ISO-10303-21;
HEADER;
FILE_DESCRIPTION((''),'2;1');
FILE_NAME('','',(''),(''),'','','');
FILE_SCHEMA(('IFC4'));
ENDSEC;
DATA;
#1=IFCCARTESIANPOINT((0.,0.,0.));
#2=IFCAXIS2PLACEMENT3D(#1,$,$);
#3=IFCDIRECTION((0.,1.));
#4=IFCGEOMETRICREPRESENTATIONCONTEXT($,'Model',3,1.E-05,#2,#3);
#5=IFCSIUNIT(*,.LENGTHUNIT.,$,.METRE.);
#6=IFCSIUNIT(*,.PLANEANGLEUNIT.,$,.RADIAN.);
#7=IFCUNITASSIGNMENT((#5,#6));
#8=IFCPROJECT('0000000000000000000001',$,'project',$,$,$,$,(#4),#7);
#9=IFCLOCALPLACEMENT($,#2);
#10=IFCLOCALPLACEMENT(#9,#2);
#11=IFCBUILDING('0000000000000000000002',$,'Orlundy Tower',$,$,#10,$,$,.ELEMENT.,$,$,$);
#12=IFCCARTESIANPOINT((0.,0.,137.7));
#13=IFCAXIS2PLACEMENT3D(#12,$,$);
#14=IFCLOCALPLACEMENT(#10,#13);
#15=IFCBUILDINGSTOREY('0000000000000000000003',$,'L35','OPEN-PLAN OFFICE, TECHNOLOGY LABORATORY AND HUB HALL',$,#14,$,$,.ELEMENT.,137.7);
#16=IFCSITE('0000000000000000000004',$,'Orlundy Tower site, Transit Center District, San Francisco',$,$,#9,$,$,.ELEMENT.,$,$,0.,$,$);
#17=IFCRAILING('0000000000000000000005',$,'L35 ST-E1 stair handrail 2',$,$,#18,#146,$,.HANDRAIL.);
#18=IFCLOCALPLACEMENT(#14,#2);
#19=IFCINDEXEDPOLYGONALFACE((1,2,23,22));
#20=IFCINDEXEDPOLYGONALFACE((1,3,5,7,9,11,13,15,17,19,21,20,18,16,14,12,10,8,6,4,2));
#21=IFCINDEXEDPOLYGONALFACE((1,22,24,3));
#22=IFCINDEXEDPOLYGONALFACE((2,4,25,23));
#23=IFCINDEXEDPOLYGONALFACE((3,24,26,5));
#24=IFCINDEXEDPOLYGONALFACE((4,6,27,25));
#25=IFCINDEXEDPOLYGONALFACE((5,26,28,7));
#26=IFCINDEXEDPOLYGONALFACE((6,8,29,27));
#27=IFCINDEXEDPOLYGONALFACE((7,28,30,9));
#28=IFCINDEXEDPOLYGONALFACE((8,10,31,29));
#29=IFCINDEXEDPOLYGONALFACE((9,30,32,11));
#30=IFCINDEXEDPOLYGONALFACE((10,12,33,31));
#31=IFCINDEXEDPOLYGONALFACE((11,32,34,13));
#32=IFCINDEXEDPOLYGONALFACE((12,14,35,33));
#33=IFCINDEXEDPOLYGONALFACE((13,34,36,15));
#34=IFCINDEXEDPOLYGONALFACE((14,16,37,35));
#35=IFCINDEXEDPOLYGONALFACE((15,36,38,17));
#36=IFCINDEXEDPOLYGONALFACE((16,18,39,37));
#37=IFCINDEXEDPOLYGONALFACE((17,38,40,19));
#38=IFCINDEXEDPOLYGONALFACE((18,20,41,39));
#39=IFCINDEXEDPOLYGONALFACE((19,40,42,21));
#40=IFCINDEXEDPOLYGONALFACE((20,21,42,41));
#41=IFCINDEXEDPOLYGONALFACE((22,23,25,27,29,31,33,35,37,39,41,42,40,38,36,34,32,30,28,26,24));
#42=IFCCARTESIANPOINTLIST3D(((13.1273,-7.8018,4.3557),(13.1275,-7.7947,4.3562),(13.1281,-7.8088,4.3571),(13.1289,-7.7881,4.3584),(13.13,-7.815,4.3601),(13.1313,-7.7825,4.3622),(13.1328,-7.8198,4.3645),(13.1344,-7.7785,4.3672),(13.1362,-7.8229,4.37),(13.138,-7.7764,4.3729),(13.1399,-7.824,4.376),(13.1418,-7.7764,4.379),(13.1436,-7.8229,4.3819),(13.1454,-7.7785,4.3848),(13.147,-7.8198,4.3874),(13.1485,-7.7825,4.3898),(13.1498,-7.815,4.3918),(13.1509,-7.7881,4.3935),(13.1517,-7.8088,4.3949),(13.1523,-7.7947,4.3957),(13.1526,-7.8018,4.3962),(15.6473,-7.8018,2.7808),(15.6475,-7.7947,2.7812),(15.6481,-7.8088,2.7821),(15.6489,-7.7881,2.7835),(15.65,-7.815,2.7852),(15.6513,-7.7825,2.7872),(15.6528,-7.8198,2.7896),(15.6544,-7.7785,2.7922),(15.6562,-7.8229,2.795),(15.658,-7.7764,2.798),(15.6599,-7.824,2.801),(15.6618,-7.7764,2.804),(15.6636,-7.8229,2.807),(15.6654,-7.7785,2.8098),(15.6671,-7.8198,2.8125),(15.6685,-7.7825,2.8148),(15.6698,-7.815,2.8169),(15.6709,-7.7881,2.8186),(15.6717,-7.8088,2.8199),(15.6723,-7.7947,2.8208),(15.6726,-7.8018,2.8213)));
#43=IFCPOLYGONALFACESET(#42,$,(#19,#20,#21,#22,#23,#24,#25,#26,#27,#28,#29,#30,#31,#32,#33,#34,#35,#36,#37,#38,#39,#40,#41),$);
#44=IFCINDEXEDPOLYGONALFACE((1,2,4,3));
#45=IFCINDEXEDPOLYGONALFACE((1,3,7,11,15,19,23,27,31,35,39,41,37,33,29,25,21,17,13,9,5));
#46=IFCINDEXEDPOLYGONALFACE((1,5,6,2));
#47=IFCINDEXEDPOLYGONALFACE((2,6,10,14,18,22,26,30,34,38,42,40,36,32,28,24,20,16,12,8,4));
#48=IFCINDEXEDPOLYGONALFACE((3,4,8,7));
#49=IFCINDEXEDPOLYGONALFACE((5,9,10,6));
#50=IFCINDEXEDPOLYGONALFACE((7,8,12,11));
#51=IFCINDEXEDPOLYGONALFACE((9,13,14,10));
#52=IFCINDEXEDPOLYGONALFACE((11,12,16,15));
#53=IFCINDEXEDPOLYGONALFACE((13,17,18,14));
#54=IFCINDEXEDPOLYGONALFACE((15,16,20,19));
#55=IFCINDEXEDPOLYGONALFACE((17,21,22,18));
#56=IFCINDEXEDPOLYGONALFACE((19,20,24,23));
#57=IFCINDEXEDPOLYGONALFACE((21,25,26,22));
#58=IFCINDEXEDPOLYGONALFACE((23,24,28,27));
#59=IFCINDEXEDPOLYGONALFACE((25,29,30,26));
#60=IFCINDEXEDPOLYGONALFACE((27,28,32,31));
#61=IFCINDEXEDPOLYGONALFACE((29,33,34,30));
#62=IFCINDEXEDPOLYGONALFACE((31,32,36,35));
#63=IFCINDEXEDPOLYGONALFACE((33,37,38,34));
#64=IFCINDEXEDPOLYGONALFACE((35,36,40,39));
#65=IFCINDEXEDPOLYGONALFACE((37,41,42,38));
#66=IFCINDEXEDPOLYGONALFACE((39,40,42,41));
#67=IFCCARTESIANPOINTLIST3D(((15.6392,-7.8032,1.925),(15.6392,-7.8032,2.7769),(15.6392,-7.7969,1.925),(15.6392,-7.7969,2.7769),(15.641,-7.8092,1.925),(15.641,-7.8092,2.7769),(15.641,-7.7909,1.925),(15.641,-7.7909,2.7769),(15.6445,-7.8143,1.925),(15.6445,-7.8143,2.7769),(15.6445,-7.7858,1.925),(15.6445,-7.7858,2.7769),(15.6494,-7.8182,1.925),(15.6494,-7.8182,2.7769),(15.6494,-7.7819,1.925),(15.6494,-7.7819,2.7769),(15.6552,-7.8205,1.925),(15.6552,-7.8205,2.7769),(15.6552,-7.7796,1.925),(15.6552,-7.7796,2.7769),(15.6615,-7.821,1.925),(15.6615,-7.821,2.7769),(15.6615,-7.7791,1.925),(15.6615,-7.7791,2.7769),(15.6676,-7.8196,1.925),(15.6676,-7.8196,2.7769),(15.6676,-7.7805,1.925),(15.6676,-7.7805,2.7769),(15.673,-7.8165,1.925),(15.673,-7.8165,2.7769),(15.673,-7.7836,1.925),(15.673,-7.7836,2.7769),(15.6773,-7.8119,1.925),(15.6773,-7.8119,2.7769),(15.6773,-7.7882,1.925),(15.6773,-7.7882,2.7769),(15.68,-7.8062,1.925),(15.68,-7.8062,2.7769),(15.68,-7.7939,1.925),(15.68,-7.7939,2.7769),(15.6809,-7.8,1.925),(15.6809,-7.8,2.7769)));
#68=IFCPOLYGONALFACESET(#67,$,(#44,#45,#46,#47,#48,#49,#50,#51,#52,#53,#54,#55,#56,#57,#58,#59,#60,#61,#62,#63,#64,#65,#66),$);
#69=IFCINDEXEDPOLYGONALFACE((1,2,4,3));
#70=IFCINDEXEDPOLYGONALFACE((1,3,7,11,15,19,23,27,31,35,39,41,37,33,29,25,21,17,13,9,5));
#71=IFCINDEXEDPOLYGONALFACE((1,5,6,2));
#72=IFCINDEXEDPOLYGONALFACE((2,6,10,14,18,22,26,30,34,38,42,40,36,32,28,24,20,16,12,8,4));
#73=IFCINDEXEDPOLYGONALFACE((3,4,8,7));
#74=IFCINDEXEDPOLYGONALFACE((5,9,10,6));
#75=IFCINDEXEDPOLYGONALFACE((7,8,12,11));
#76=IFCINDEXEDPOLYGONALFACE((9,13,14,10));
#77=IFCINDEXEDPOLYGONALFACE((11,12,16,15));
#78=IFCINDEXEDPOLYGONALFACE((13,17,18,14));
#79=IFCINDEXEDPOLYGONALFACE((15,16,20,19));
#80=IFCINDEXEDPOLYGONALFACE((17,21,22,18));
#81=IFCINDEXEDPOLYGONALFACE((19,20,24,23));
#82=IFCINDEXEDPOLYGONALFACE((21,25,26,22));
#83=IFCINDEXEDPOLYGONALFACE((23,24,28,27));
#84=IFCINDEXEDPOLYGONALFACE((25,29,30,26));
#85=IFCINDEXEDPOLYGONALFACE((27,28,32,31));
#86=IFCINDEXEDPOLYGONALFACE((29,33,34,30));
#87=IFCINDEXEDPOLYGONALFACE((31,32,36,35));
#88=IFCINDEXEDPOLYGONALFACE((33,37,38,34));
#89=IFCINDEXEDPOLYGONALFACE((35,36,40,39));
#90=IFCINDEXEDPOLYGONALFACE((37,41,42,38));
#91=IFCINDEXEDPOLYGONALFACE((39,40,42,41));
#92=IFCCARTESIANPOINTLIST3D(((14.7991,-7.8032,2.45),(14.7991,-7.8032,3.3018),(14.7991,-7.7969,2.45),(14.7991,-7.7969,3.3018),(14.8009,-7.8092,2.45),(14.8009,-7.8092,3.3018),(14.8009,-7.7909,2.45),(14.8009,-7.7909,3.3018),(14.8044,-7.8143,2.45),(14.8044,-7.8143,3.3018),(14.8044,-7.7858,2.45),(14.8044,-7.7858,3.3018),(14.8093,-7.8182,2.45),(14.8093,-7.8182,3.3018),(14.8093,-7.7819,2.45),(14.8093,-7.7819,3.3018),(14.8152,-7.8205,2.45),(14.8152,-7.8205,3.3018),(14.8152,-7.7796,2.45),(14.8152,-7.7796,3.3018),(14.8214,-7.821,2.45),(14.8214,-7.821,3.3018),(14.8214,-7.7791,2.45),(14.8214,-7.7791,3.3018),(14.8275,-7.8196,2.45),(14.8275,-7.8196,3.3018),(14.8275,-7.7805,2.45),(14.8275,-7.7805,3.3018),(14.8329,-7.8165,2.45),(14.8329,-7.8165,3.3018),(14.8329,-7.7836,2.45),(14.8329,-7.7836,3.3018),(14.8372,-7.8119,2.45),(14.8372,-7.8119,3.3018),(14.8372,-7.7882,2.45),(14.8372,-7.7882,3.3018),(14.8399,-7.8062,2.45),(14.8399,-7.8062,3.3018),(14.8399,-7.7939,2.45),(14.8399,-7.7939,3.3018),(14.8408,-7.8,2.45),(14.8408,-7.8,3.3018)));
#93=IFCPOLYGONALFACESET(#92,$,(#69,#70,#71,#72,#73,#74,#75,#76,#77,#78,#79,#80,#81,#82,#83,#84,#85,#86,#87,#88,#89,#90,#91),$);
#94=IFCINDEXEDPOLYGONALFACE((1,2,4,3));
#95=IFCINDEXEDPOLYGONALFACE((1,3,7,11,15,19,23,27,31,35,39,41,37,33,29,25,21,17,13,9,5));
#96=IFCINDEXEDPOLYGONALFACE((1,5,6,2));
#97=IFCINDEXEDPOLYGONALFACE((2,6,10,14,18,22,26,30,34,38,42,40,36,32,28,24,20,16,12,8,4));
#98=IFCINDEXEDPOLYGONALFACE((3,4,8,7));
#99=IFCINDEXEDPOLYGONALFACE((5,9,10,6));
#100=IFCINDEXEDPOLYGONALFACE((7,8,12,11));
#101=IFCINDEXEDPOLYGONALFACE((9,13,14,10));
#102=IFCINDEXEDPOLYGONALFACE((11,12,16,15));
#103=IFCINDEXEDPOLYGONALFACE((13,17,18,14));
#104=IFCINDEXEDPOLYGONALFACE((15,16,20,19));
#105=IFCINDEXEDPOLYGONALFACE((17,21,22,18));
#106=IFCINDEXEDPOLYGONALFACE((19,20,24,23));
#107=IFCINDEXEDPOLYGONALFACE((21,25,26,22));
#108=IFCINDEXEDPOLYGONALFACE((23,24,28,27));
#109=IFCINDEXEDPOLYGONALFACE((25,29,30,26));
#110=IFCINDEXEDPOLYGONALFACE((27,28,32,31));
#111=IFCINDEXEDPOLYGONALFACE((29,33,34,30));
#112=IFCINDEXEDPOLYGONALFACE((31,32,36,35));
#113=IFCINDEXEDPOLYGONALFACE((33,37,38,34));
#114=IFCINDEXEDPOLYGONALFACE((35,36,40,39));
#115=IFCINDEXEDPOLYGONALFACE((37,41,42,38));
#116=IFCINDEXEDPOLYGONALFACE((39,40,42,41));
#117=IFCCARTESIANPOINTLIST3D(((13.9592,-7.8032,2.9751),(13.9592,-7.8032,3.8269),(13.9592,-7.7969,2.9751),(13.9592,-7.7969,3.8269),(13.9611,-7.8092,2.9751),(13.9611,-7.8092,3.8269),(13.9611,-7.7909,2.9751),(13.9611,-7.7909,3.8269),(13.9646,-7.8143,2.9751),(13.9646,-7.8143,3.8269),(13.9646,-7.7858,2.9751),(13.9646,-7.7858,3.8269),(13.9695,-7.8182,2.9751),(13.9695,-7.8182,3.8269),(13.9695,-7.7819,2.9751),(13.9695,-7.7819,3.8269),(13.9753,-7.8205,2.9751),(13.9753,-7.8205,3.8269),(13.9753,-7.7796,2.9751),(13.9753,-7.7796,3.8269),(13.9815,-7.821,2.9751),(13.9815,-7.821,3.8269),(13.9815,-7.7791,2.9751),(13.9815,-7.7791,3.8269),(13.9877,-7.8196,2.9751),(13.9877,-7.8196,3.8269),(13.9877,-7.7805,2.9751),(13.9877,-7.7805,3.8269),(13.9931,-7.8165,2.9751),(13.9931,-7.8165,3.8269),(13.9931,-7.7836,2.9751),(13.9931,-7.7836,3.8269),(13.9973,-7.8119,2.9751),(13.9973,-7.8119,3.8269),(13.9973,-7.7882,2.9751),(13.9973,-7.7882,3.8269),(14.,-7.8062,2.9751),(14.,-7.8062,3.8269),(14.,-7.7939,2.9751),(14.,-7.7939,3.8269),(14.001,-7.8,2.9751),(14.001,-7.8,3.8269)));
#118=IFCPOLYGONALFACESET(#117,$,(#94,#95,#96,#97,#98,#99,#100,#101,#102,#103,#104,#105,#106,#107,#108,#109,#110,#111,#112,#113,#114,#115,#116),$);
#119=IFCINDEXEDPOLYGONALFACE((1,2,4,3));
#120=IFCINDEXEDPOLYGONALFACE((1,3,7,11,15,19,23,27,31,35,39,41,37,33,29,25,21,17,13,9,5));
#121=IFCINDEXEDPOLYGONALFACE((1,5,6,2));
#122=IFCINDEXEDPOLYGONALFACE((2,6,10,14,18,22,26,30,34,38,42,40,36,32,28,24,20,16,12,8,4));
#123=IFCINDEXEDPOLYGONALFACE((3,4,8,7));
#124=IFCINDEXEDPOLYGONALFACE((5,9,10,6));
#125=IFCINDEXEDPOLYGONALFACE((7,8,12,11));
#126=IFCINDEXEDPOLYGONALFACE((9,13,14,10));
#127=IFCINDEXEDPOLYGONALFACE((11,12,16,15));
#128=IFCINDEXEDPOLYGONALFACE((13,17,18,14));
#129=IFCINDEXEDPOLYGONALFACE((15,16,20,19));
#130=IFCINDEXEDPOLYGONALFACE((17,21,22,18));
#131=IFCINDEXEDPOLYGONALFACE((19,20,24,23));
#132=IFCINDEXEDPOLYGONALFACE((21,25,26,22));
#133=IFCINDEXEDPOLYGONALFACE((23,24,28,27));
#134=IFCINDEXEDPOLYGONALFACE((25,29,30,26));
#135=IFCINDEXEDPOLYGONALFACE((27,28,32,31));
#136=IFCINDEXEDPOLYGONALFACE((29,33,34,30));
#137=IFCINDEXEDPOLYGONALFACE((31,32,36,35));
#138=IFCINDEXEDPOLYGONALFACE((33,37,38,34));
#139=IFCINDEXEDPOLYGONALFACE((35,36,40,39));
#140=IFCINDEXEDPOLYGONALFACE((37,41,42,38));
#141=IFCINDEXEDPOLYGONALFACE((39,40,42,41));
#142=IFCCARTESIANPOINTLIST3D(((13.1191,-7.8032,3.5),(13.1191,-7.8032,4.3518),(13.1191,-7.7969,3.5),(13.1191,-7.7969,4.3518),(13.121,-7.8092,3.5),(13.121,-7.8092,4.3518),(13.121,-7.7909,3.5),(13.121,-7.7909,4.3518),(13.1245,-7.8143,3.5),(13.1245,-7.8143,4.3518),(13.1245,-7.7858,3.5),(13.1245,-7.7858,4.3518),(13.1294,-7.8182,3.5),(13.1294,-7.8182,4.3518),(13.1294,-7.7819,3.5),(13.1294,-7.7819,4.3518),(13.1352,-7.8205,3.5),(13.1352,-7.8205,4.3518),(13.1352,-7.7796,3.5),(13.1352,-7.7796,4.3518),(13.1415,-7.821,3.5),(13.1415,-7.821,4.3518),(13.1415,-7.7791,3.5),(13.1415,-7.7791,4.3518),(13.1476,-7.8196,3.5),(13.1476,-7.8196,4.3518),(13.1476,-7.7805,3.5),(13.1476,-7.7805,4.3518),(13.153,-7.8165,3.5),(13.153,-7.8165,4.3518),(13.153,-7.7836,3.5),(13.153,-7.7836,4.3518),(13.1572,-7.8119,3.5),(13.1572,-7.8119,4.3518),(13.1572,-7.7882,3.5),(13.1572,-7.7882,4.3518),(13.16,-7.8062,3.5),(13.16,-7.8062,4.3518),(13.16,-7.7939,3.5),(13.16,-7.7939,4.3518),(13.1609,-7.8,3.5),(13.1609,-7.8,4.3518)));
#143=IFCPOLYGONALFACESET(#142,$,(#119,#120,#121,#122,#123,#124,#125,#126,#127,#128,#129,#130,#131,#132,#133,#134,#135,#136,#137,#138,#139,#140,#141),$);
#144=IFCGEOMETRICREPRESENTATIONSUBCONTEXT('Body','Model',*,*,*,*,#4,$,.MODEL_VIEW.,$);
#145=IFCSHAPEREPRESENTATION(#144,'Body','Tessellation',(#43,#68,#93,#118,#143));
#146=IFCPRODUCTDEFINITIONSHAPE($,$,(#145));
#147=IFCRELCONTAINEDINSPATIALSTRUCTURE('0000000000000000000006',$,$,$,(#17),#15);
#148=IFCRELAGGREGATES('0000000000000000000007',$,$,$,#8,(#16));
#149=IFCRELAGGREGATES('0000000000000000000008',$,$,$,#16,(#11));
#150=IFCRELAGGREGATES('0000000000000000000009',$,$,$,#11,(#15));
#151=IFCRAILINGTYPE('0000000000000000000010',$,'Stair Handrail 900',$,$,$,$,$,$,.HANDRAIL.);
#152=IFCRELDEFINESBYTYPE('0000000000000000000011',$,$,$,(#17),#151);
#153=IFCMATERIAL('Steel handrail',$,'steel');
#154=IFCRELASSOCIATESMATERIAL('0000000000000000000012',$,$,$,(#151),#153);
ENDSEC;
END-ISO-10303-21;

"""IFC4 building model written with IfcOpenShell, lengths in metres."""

from ifc_helpers import new_model, si_unit, direction, frame, origin, origin_2d, place, context, subcontext, project, spatial, circle, extrude, material, type_object, element, save


model = new_model("IFC4")

# Units and contexts
model_context = context("Model", 3, precision=1e-05, world=origin(), true_north=direction((0.0, 1.0)))
body_context = subcontext(model_context, "Body", "Model", "MODEL_VIEW")
ifc_project = project(units=[si_unit("LENGTHUNIT", "METRE"), si_unit("PLANEANGLEUNIT", "RADIAN")], contexts=[model_context])

# Site, building, storey
site_placement = place(None, origin())
site = spatial("IfcSite", under=ifc_project, at=site_placement, Name="Orlundy Tower site, Transit Center District, San Francisco", CompositionType="ELEMENT", RefElevation=0.0)
building_placement = place(site_placement, origin())
building = spatial("IfcBuilding", under=site, at=building_placement, Name="Orlundy Tower", CompositionType="ELEMENT")
storey_placement = place(building_placement, frame((0.0, 0.0, 137.7)))
storey = spatial("IfcBuildingStorey", under=building, at=storey_placement, Name="L35", Description="OPEN-PLAN OFFICE, TECHNOLOGY LABORATORY AND HUB HALL", CompositionType="ELEMENT", Elevation=137.7)

# Railing
ifc_material_1 = material(Name="Steel handrail", Category="steel")
railing_type_1 = type_object("IfcRailingType", Name="Stair Handrail 900", PredefinedType="HANDRAIL", material=ifc_material_1)
railing_1_placement = place(storey_placement, frame((15.6599, -7.8, 1.925)))
element("IfcRailing", 1, at=railing_1_placement, inside=storey, type_object=railing_type_1, Name="L35 ST-E1 stair handrail 2", PredefinedType="HANDRAIL", context=body_context, shape_type="SweptSolid", body=[
    extrude(circle(Radius=0.0239, at=origin_2d()), frame((0.0, 0.0, 0.876), z_axis=(-0.848008, 0.0, 0.529984), x_axis=(0.0, -1.0, 0.0)), (0.0, 0.0, 1.0), 2.9717),
    extrude(circle(Radius=0.021, at=origin_2d()), origin(), (0.0, 0.0, 1.0), 0.8518),
    extrude(circle(Radius=0.021, at=origin_2d()), frame((-0.8401, 0.0, 0.5249)), (0.0, 0.0, 1.0), 0.8518),
    extrude(circle(Radius=0.021, at=origin_2d()), frame((-1.6799, 0.0, 1.05)), (0.0, 0.0, 1.0), 0.8518),
    extrude(circle(Radius=0.021, at=origin_2d()), frame((-2.52, 0.0, 1.575)), (0.0, 0.0, 1.0), 0.8518),
])

save(model, "model.ifc")
